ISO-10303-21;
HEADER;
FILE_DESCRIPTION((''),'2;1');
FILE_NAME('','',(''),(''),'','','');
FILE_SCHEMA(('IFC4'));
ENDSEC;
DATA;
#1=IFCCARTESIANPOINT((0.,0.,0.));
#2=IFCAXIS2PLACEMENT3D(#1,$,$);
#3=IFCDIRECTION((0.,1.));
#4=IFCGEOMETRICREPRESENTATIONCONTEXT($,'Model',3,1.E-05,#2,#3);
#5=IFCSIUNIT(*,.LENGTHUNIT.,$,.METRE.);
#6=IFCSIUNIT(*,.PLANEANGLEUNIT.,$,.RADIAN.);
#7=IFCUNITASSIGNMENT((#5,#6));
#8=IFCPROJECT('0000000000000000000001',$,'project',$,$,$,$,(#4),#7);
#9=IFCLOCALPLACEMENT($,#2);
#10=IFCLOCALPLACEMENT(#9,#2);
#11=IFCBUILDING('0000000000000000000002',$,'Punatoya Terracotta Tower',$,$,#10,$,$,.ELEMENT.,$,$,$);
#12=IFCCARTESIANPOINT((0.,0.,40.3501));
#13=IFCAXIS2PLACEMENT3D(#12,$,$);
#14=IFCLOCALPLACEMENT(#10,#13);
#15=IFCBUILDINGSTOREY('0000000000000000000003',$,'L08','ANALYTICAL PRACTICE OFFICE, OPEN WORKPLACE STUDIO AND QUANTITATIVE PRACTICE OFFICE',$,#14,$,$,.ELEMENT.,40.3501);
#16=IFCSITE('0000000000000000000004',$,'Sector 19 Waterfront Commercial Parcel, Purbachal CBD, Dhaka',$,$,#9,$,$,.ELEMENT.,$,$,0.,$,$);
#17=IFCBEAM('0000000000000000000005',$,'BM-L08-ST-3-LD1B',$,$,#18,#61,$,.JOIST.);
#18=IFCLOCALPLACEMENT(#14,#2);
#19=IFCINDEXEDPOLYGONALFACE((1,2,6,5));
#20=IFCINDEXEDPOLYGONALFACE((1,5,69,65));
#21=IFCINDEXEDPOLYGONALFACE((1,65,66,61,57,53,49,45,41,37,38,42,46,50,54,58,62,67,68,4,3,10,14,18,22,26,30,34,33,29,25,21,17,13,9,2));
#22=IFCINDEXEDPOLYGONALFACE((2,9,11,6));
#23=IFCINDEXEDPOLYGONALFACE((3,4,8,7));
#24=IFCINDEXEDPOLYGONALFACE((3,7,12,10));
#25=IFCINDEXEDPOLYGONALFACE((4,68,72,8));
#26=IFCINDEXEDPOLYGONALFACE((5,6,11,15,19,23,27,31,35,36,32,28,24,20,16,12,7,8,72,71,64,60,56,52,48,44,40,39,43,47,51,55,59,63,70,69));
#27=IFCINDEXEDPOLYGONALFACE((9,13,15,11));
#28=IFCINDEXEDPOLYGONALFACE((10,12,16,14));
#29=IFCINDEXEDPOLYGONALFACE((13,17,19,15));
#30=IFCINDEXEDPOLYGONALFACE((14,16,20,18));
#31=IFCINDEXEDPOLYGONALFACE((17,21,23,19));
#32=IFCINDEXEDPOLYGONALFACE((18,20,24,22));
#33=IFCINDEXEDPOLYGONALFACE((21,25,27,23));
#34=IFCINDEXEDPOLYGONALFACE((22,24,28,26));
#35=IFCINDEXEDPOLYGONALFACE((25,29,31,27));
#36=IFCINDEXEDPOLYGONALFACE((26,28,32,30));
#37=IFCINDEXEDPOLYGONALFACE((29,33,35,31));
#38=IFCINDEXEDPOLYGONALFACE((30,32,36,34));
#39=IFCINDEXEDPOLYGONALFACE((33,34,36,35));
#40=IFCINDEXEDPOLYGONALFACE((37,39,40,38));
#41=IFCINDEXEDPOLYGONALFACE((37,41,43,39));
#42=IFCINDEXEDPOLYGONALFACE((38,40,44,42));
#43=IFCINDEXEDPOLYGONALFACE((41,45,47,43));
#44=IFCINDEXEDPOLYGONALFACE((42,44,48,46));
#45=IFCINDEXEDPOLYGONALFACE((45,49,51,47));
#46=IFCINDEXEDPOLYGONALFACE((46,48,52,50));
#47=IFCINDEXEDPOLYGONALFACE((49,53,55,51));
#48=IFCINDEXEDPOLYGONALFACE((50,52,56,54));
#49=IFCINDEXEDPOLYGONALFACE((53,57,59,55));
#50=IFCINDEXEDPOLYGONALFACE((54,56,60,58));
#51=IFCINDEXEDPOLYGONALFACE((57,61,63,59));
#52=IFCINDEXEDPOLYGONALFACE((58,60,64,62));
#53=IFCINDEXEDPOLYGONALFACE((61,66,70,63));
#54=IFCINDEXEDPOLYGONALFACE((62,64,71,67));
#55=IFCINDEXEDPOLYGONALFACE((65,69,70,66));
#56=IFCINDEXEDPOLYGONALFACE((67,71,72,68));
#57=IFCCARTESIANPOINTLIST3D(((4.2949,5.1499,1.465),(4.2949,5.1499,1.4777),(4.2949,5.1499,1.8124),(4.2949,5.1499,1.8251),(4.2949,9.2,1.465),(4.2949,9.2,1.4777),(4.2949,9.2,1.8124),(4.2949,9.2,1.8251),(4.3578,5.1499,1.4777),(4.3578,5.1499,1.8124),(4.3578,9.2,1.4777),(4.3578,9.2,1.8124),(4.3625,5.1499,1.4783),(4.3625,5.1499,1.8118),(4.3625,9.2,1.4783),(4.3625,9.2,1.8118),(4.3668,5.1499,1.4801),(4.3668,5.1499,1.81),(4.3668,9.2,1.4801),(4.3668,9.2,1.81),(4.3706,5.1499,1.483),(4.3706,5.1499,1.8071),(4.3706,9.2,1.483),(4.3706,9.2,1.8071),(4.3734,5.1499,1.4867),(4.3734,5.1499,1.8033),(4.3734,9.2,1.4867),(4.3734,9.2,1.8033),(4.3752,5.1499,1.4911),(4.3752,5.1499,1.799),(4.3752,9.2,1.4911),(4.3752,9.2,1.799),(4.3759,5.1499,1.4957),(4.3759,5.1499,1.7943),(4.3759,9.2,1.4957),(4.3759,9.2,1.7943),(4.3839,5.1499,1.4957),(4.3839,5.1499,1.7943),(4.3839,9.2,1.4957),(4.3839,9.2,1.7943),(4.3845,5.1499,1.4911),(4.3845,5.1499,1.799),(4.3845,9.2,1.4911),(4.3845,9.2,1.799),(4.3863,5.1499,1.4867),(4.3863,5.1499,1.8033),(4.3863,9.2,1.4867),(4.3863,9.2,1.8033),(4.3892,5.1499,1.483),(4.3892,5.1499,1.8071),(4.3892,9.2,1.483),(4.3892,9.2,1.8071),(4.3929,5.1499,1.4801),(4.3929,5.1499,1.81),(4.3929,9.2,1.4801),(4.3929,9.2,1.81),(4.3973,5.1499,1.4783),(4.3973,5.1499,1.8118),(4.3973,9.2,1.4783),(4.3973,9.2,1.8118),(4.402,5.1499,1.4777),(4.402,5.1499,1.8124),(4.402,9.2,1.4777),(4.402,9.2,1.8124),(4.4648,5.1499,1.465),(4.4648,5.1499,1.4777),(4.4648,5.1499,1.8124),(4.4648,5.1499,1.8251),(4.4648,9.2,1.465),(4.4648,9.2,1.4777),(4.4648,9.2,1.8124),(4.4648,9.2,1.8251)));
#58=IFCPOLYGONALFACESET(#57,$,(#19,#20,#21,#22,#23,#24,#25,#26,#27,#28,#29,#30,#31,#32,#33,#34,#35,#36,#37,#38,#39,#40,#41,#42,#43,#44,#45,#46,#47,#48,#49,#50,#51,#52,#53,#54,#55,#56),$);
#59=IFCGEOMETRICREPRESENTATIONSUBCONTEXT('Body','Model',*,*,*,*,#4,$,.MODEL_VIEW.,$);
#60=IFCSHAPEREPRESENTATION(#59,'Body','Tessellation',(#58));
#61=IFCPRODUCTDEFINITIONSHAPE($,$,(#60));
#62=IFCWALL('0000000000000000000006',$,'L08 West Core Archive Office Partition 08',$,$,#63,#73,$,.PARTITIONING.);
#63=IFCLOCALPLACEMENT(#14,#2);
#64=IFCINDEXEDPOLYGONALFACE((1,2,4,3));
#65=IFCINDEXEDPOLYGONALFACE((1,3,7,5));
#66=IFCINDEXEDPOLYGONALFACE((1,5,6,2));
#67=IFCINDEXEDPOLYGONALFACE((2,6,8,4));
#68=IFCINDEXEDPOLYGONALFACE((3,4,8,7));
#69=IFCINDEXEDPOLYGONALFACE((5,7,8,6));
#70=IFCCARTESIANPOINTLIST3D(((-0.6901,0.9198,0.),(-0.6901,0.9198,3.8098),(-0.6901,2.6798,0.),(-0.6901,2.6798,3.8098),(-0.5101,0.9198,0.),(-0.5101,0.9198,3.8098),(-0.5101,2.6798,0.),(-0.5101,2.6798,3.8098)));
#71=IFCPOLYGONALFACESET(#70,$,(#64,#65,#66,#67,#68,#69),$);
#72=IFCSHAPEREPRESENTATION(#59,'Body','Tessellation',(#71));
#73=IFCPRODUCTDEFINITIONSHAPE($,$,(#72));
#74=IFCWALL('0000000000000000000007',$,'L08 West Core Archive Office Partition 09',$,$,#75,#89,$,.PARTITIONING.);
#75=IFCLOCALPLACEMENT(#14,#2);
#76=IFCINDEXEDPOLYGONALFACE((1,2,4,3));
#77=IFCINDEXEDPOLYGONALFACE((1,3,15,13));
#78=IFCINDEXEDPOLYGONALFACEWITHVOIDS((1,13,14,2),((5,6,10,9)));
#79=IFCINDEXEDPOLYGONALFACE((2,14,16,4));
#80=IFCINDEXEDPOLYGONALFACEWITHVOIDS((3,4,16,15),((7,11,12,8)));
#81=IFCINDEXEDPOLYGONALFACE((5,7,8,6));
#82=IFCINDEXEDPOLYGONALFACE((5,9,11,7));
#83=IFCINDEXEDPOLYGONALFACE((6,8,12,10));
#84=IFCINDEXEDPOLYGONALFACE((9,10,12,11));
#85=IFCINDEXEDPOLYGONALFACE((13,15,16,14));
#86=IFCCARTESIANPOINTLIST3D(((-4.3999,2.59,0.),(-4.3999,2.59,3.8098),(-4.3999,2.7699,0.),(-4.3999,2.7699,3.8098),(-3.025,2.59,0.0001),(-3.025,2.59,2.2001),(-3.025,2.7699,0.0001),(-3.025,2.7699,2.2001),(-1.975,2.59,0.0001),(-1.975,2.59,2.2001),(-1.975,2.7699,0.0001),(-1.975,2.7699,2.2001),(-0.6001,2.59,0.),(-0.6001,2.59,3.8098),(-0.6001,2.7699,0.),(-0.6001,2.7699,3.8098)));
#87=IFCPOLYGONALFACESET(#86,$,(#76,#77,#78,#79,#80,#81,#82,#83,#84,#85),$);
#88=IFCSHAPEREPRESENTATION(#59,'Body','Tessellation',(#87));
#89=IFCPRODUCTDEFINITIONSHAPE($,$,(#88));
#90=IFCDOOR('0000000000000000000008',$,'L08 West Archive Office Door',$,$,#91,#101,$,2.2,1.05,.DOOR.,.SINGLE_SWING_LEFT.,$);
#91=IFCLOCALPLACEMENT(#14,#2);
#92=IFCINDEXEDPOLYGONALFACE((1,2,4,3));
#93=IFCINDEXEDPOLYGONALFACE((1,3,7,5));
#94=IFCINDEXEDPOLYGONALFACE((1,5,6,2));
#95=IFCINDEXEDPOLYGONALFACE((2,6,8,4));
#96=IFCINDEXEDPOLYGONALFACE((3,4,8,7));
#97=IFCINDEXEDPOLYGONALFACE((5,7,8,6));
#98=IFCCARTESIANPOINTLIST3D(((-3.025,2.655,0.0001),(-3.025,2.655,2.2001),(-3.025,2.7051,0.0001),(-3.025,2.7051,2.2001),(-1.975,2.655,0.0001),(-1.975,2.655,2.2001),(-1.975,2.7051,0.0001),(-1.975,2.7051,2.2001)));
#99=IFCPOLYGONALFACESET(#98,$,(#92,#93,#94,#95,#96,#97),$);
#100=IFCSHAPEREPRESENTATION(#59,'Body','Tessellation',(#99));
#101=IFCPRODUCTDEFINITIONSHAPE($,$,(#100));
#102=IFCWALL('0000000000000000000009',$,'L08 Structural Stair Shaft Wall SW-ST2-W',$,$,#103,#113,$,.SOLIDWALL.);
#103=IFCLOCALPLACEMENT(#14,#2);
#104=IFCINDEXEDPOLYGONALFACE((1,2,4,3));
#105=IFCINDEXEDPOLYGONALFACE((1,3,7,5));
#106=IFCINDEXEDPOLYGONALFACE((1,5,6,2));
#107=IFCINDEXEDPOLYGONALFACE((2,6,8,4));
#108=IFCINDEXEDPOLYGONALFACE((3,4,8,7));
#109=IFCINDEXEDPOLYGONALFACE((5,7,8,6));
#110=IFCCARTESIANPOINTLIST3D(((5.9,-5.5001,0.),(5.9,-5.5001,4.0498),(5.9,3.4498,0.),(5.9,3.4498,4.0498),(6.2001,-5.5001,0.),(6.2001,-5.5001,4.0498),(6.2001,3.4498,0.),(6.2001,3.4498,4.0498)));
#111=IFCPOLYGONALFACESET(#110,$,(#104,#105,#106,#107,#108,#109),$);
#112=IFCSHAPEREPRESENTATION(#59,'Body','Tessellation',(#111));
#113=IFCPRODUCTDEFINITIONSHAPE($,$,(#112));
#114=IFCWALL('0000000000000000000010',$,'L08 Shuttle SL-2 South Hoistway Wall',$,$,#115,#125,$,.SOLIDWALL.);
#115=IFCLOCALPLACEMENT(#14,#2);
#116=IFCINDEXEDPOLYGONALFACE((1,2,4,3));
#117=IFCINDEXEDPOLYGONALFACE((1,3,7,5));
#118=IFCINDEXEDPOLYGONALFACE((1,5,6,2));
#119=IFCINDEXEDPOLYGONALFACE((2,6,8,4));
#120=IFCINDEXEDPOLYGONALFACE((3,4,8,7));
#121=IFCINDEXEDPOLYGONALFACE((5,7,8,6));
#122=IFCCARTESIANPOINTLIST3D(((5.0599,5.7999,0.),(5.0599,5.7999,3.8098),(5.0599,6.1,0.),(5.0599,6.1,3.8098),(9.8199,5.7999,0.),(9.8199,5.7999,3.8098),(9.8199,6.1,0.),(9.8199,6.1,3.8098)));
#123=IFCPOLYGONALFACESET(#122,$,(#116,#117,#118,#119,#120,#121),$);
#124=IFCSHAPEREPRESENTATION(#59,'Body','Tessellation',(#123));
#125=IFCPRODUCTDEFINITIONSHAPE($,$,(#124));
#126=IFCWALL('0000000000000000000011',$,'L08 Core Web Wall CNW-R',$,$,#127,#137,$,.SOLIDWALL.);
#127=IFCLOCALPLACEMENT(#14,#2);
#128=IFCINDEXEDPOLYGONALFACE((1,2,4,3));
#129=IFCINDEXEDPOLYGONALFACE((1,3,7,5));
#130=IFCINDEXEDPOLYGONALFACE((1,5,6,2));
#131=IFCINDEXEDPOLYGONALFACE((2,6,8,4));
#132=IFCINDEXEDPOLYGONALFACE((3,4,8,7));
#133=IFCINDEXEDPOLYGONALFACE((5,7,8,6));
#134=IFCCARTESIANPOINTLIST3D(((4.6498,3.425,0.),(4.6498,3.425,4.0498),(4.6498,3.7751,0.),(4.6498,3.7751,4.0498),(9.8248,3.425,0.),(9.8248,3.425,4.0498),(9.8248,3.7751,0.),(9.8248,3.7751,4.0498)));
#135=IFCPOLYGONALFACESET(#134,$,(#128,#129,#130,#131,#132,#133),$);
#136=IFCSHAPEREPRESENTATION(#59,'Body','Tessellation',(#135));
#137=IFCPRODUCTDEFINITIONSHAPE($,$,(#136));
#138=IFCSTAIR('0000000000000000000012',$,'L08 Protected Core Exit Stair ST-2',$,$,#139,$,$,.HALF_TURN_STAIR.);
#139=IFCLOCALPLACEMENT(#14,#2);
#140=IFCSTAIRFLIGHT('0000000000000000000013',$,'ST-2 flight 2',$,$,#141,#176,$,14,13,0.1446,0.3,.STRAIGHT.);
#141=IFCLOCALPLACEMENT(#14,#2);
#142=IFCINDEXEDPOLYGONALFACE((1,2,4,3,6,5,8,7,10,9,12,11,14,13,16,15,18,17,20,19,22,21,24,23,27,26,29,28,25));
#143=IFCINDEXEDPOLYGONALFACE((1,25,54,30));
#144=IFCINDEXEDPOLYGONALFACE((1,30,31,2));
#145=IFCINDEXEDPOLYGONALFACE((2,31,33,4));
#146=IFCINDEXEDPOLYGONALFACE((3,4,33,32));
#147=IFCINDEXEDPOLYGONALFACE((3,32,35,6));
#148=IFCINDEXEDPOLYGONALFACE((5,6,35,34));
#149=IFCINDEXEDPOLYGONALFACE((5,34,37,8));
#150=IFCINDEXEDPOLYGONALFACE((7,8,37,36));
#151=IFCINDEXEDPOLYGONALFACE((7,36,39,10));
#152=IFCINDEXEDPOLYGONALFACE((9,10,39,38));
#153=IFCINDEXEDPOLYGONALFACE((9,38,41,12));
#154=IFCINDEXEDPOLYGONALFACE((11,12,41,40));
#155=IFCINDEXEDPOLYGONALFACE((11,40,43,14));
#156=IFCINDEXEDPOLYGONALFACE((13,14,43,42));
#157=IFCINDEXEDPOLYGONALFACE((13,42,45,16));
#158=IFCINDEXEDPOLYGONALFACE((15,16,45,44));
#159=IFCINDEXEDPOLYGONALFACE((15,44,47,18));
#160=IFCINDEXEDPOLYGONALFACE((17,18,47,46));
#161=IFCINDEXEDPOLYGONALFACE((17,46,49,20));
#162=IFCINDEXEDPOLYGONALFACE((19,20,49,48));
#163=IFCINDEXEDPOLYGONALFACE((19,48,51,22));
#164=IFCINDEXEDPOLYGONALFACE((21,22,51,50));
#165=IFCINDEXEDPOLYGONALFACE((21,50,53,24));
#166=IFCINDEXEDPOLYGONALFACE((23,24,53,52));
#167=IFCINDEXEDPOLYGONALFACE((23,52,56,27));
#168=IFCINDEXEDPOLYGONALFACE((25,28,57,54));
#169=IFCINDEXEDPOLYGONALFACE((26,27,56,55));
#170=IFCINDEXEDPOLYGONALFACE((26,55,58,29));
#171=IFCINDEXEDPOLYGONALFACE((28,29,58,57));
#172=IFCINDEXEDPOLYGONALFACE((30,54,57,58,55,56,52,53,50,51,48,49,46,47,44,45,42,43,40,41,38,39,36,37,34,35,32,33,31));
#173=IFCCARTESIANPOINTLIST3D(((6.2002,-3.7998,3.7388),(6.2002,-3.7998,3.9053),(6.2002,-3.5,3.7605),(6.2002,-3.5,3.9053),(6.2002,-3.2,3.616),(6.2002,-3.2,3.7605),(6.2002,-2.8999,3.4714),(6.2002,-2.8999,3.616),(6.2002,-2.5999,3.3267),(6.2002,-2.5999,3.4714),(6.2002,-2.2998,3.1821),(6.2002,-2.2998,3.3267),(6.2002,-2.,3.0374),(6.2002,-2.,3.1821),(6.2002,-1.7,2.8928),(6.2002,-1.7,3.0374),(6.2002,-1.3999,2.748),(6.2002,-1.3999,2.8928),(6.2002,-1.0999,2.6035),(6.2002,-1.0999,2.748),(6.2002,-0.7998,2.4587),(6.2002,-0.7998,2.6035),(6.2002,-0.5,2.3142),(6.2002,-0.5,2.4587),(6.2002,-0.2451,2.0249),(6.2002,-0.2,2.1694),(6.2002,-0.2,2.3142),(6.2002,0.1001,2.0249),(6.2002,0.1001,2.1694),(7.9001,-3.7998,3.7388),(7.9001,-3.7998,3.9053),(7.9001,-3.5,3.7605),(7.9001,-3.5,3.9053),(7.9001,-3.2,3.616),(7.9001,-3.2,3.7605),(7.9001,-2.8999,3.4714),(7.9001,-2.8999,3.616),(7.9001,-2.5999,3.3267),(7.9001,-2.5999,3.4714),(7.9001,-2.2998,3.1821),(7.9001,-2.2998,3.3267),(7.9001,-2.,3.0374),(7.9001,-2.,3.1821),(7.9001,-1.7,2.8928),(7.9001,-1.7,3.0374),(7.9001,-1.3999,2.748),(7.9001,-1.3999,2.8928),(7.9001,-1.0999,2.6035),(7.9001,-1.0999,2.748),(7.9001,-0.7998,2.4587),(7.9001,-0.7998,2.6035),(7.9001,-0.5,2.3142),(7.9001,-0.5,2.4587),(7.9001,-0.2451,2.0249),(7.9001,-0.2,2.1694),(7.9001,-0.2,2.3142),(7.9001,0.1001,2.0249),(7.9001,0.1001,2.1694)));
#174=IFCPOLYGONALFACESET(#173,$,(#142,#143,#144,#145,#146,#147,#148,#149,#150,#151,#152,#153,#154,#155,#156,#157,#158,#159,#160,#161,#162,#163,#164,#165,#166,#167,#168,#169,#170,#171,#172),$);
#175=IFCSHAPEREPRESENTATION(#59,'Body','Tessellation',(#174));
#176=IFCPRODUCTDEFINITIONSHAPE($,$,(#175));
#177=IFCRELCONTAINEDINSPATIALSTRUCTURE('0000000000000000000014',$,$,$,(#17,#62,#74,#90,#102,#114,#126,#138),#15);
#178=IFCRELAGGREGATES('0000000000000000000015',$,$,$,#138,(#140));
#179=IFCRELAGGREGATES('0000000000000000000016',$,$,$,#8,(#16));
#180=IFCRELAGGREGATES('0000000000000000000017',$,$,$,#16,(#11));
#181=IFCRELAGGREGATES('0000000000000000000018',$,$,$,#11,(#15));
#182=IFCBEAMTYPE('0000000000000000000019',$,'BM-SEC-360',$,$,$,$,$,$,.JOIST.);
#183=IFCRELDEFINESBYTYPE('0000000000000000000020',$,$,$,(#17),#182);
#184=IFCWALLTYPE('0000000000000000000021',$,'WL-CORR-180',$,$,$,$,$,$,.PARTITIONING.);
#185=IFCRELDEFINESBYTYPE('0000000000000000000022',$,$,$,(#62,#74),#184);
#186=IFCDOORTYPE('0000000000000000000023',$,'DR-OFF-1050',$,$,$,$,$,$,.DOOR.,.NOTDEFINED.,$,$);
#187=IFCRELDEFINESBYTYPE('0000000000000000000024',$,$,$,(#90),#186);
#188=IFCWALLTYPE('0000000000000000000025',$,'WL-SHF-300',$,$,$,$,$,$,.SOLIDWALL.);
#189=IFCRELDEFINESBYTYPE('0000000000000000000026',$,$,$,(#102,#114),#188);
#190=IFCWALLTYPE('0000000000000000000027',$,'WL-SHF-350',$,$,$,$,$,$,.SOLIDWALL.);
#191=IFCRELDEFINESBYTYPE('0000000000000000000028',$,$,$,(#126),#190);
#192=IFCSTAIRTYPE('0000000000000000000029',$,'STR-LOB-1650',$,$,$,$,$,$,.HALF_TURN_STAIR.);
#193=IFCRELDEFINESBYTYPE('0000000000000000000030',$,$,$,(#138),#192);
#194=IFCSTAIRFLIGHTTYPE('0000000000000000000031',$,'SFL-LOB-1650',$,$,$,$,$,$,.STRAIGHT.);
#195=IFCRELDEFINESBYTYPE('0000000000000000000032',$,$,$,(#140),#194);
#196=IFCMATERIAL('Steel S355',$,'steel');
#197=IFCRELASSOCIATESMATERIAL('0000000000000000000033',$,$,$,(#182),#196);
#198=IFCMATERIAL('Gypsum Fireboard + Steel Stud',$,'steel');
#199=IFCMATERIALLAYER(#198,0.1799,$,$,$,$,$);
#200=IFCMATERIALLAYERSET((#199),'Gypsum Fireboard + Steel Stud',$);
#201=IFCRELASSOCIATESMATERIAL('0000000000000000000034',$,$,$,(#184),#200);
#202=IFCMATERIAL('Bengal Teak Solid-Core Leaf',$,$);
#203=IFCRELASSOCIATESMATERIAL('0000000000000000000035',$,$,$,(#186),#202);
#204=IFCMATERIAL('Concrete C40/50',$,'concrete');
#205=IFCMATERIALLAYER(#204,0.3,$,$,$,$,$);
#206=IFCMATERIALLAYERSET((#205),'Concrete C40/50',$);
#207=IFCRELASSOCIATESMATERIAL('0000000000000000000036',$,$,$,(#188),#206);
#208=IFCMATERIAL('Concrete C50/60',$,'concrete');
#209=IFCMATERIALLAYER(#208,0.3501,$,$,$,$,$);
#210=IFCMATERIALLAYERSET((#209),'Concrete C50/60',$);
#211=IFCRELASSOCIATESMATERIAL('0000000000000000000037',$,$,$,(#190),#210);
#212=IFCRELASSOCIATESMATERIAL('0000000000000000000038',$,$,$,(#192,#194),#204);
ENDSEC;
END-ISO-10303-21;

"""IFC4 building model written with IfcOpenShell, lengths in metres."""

from ifc_helpers import new_model, si_unit, direction, frame, frame_2d, origin, origin_2d, place, context, subcontext, project, spatial, polyline, rectangle, i_section, outline, extrude, material, layer, layer_set, material_profile, profile_set, type_object, element, fill, aggregate, save


model = new_model("IFC4")

# Units and contexts
model_context = context("Model", 3, precision=1e-05, world=origin(), true_north=direction((0.0, 1.0)))
body_context = subcontext(model_context, "Body", "Model", "MODEL_VIEW")
ifc_project = project(units=[si_unit("LENGTHUNIT", "METRE"), si_unit("PLANEANGLEUNIT", "RADIAN")], contexts=[model_context])

# Site, building, storey
site_placement = place(None, origin())
site = spatial("IfcSite", under=ifc_project, at=site_placement, Name="Sector 19 Waterfront Commercial Parcel, Purbachal CBD, Dhaka", CompositionType="ELEMENT", RefElevation=0.0)
building_placement = place(site_placement, origin())
building = spatial("IfcBuilding", under=site, at=building_placement, Name="Punatoya Terracotta Tower", CompositionType="ELEMENT")
storey_placement = place(building_placement, frame((0.0, 0.0, 40.3501)))
storey = spatial("IfcBuildingStorey", under=building, at=storey_placement, Name="L08", Description="ANALYTICAL PRACTICE OFFICE, OPEN WORKPLACE STUDIO AND QUANTITATIVE PRACTICE OFFICE", CompositionType="ELEMENT", Elevation=40.3501)

# Beam
ifc_material_1 = material(Name="Steel S355", Category="steel")
ifc_material_profile_1 = material_profile(ifc_material_1, i_section(OverallWidth=0.1699, OverallDepth=0.3601, WebThickness=0.0081, FlangeThickness=0.0127, FilletRadius=0.0181, at=origin_2d()))
ifc_profile_set_1 = profile_set([ifc_material_profile_1], Name="Steel S355")
beam_type_1 = type_object("IfcBeamType", Name="BM-SEC-360", PredefinedType="JOIST", material=ifc_profile_set_1)
for number, where, z_axis, x_axis, name in (
    (1, (4.3799, 5.1499, 1.645), (0.0, 1.0, 0.0), (-1.0, 0.0, 0.0), "BM-L08-ST-3-LD1B"),
):
    element("IfcBeam", number, at=place(storey_placement, frame(where, z_axis=z_axis, x_axis=x_axis)), inside=storey, type_object=beam_type_1, Name=name, PredefinedType="JOIST", context=body_context, shape_type="SweptSolid", body=[
        extrude(i_section(OverallWidth=0.1699, OverallDepth=0.3601, WebThickness=0.0081, FlangeThickness=0.0127, FilletRadius=0.0181, at=origin_2d()), origin(), (0.0, 0.0, 1.0), 4.05),
    ])

# Wall
ifc_material_2 = material(Name="Gypsum Fireboard + Steel Stud", Category="steel")
ifc_layer_1 = layer(ifc_material_2, 0.1799)
ifc_layer_set_1 = layer_set([ifc_layer_1], Name="Gypsum Fireboard + Steel Stud")
wall_type_1 = type_object("IfcWallType", Name="WL-CORR-180", PredefinedType="PARTITIONING", material=ifc_layer_set_1)
wall_1_placement = place(storey_placement, frame((-0.6001, 0.9199, 0.0), z_axis=(0.0, 0.0, 1.0), x_axis=(0.0, 1.0, 0.0)))
element("IfcWall", 2, at=wall_1_placement, inside=storey, type_object=wall_type_1, Name="L08 West Core Archive Office Partition 08", PredefinedType="PARTITIONING", context=body_context, shape_type="SweptSolid", body=[
    extrude(rectangle(XDim=1.76, YDim=0.1799, at=frame_2d((0.8799, 0.0))), origin(), (0.0, 0.0, 1.0), 3.8098),
])

# Wall, opening, door
wall_2_placement = place(storey_placement, frame((-0.6001, 2.6799, 0.0), z_axis=(0.0, 0.0, 1.0), x_axis=(-1.0, 0.0, 0.0)))
wall_2 = element("IfcWall", 3, at=wall_2_placement, inside=storey, type_object=wall_type_1, Name="L08 West Core Archive Office Partition 09", PredefinedType="PARTITIONING", context=body_context, shape_type="SweptSolid", body=[
    extrude(rectangle(XDim=3.7998, YDim=0.1799, at=frame_2d((1.8999, 0.0))), origin(), (0.0, 0.0, 1.0), 3.8098),
])
opening_placement = place(wall_2_placement, frame((1.375, 0.0, 0.0)))
opening = element("IfcOpeningElement", 4, at=opening_placement, cuts=wall_2, PredefinedType="OPENING", context=body_context, shape_type="SweptSolid", body=[
    extrude(rectangle(XDim=1.05, YDim=2.2, at=frame_2d((0.5249, 1.1001))), frame((0.0, 0.0999, 0.0), z_axis=(0.0, -1.0, 0.0), x_axis=(1.0, 0.0, 0.0)), (0.0, 0.0, 1.0), 0.2),
])
ifc_material_3 = material(Name="Bengal Teak Solid-Core Leaf")
door_type = type_object("IfcDoorType", Name="DR-OFF-1050", OperationType="NOTDEFINED", PredefinedType="DOOR", material=ifc_material_3)
door_placement = place(opening_placement, origin())
door = element("IfcDoor", 5, at=door_placement, inside=storey, type_object=door_type, Name="L08 West Archive Office Door", OperationType="SINGLE_SWING_LEFT", OverallHeight=2.2, OverallWidth=1.05, PredefinedType="DOOR", context=body_context, shape_type="SweptSolid", body=[
    extrude(rectangle(XDim=1.05, YDim=2.2, at=frame_2d((0.5249, 1.1001))), frame((0.0, 0.0249, 0.0), z_axis=(0.0, -1.0, 0.0), x_axis=(1.0, 0.0, 0.0)), (0.0, 0.0, 1.0), 0.05),
])
fill(opening, door)

# Walls
ifc_material_4 = material(Name="Concrete C40/50", Category="concrete")
ifc_layer_2 = layer(ifc_material_4, 0.3)
ifc_layer_set_2 = layer_set([ifc_layer_2], Name="Concrete C40/50")
wall_type_2 = type_object("IfcWallType", Name="WL-SHF-300", PredefinedType="SOLIDWALL", material=ifc_layer_set_2)
wall_3_placement = place(storey_placement, frame((6.05, 3.45, 0.0), z_axis=(0.0, 0.0, 1.0), x_axis=(0.0, -1.0, 0.0)))
element("IfcWall", 6, at=wall_3_placement, inside=storey, type_object=wall_type_2, Name="L08 Structural Stair Shaft Wall SW-ST2-W", PredefinedType="SOLIDWALL", context=body_context, shape_type="SweptSolid", body=[
    extrude(rectangle(XDim=8.95, YDim=0.3, at=frame_2d((4.4751, 0.0))), origin(), (0.0, 0.0, 1.0), 4.0498),
])
wall_4_placement = place(storey_placement, frame((5.0601, 5.95, 0.0), z_axis=(0.0, 0.0, 1.0), x_axis=(1.0, 0.0, 0.0)))
element("IfcWall", 7, at=wall_4_placement, inside=storey, type_object=wall_type_2, Name="L08 Shuttle SL-2 South Hoistway Wall", PredefinedType="SOLIDWALL", context=body_context, shape_type="SweptSolid", body=[
    extrude(rectangle(XDim=4.76, YDim=0.3, at=frame_2d((2.3799, 0.0))), origin(), (0.0, 0.0, 1.0), 3.8098),
])
ifc_material_5 = material(Name="Concrete C50/60", Category="concrete")
ifc_layer_3 = layer(ifc_material_5, 0.3501)
ifc_layer_set_3 = layer_set([ifc_layer_3], Name="Concrete C50/60")
wall_type_3 = type_object("IfcWallType", Name="WL-SHF-350", PredefinedType="SOLIDWALL", material=ifc_layer_set_3)
wall_5_placement = place(storey_placement, frame((4.6499, 3.6001, 0.0), z_axis=(0.0, 0.0, 1.0), x_axis=(1.0, 0.0, 0.0)))
element("IfcWall", 8, at=wall_5_placement, inside=storey, type_object=wall_type_3, Name="L08 Core Web Wall CNW-R", PredefinedType="SOLIDWALL", context=body_context, shape_type="SweptSolid", body=[
    extrude(rectangle(XDim=5.175, YDim=0.3501, at=frame_2d((2.5874, 0.0))), origin(), (0.0, 0.0, 1.0), 4.0498),
])

# Stair, stair flight
stair_type = type_object("IfcStairType", Name="STR-LOB-1650", PredefinedType="HALF_TURN_STAIR", material=ifc_material_4)
stair_placement = place(storey_placement, origin())
stair = element("IfcStair", 9, at=stair_placement, inside=storey, type_object=stair_type, Name="L08 Protected Core Exit Stair ST-2", PredefinedType="HALF_TURN_STAIR")
stair_flight_type = type_object("IfcStairFlightType", Name="SFL-LOB-1650", PredefinedType="STRAIGHT", material=ifc_material_4)
stair_flight_placement = place(storey_placement, frame((7.05, 0.1001, 2.0249), z_axis=(0.0, 0.0, 1.0), x_axis=(0.0, -1.0, 0.0)))
stair_flight = element("IfcStairFlight", 10, at=stair_flight_placement, type_object=stair_flight_type, Name="ST-2 flight 2", NumberOfRisers=14, NumberOfTreads=13, PredefinedType="STRAIGHT", RiserHeight=0.1446, TreadLength=0.3, context=body_context, shape_type="SweptSolid", body=[
    extrude(outline(polyline([(0.0, 0.0), (0.0, 0.1445), (0.3, 0.1445), (0.3, 0.2893), (0.6001, 0.2893), (0.6001, 0.4338), (0.8999, 0.4338), (0.8999, 0.5786), (1.2, 0.5786), (1.2, 0.7231), (1.5, 0.7231), (1.5, 0.8679), (1.8, 0.8679), (1.8, 1.0125), (2.1001, 1.0125), (2.1001, 1.1572), (2.3999, 1.1572), (2.3999, 1.3018), (2.7, 1.3018), (2.7, 1.4465), (3.0, 1.4465), (3.0, 1.5911), (3.3, 1.5911), (3.3, 1.7356), (3.6001, 1.7356), (3.6001, 1.8804), (3.8999, 1.8804), (3.8999, 2.0249), (3.8999, 1.7139), (0.3452, 0.0), (0.0, 0.0)])), frame((0.0, 0.8501, 0.0), z_axis=(0.0, -1.0, 0.0), x_axis=(1.0, 0.0, 0.0)), (0.0, 0.0, 1.0), 1.7),
])
aggregate(stair, [stair_flight])

save(model, "model.ifc")
